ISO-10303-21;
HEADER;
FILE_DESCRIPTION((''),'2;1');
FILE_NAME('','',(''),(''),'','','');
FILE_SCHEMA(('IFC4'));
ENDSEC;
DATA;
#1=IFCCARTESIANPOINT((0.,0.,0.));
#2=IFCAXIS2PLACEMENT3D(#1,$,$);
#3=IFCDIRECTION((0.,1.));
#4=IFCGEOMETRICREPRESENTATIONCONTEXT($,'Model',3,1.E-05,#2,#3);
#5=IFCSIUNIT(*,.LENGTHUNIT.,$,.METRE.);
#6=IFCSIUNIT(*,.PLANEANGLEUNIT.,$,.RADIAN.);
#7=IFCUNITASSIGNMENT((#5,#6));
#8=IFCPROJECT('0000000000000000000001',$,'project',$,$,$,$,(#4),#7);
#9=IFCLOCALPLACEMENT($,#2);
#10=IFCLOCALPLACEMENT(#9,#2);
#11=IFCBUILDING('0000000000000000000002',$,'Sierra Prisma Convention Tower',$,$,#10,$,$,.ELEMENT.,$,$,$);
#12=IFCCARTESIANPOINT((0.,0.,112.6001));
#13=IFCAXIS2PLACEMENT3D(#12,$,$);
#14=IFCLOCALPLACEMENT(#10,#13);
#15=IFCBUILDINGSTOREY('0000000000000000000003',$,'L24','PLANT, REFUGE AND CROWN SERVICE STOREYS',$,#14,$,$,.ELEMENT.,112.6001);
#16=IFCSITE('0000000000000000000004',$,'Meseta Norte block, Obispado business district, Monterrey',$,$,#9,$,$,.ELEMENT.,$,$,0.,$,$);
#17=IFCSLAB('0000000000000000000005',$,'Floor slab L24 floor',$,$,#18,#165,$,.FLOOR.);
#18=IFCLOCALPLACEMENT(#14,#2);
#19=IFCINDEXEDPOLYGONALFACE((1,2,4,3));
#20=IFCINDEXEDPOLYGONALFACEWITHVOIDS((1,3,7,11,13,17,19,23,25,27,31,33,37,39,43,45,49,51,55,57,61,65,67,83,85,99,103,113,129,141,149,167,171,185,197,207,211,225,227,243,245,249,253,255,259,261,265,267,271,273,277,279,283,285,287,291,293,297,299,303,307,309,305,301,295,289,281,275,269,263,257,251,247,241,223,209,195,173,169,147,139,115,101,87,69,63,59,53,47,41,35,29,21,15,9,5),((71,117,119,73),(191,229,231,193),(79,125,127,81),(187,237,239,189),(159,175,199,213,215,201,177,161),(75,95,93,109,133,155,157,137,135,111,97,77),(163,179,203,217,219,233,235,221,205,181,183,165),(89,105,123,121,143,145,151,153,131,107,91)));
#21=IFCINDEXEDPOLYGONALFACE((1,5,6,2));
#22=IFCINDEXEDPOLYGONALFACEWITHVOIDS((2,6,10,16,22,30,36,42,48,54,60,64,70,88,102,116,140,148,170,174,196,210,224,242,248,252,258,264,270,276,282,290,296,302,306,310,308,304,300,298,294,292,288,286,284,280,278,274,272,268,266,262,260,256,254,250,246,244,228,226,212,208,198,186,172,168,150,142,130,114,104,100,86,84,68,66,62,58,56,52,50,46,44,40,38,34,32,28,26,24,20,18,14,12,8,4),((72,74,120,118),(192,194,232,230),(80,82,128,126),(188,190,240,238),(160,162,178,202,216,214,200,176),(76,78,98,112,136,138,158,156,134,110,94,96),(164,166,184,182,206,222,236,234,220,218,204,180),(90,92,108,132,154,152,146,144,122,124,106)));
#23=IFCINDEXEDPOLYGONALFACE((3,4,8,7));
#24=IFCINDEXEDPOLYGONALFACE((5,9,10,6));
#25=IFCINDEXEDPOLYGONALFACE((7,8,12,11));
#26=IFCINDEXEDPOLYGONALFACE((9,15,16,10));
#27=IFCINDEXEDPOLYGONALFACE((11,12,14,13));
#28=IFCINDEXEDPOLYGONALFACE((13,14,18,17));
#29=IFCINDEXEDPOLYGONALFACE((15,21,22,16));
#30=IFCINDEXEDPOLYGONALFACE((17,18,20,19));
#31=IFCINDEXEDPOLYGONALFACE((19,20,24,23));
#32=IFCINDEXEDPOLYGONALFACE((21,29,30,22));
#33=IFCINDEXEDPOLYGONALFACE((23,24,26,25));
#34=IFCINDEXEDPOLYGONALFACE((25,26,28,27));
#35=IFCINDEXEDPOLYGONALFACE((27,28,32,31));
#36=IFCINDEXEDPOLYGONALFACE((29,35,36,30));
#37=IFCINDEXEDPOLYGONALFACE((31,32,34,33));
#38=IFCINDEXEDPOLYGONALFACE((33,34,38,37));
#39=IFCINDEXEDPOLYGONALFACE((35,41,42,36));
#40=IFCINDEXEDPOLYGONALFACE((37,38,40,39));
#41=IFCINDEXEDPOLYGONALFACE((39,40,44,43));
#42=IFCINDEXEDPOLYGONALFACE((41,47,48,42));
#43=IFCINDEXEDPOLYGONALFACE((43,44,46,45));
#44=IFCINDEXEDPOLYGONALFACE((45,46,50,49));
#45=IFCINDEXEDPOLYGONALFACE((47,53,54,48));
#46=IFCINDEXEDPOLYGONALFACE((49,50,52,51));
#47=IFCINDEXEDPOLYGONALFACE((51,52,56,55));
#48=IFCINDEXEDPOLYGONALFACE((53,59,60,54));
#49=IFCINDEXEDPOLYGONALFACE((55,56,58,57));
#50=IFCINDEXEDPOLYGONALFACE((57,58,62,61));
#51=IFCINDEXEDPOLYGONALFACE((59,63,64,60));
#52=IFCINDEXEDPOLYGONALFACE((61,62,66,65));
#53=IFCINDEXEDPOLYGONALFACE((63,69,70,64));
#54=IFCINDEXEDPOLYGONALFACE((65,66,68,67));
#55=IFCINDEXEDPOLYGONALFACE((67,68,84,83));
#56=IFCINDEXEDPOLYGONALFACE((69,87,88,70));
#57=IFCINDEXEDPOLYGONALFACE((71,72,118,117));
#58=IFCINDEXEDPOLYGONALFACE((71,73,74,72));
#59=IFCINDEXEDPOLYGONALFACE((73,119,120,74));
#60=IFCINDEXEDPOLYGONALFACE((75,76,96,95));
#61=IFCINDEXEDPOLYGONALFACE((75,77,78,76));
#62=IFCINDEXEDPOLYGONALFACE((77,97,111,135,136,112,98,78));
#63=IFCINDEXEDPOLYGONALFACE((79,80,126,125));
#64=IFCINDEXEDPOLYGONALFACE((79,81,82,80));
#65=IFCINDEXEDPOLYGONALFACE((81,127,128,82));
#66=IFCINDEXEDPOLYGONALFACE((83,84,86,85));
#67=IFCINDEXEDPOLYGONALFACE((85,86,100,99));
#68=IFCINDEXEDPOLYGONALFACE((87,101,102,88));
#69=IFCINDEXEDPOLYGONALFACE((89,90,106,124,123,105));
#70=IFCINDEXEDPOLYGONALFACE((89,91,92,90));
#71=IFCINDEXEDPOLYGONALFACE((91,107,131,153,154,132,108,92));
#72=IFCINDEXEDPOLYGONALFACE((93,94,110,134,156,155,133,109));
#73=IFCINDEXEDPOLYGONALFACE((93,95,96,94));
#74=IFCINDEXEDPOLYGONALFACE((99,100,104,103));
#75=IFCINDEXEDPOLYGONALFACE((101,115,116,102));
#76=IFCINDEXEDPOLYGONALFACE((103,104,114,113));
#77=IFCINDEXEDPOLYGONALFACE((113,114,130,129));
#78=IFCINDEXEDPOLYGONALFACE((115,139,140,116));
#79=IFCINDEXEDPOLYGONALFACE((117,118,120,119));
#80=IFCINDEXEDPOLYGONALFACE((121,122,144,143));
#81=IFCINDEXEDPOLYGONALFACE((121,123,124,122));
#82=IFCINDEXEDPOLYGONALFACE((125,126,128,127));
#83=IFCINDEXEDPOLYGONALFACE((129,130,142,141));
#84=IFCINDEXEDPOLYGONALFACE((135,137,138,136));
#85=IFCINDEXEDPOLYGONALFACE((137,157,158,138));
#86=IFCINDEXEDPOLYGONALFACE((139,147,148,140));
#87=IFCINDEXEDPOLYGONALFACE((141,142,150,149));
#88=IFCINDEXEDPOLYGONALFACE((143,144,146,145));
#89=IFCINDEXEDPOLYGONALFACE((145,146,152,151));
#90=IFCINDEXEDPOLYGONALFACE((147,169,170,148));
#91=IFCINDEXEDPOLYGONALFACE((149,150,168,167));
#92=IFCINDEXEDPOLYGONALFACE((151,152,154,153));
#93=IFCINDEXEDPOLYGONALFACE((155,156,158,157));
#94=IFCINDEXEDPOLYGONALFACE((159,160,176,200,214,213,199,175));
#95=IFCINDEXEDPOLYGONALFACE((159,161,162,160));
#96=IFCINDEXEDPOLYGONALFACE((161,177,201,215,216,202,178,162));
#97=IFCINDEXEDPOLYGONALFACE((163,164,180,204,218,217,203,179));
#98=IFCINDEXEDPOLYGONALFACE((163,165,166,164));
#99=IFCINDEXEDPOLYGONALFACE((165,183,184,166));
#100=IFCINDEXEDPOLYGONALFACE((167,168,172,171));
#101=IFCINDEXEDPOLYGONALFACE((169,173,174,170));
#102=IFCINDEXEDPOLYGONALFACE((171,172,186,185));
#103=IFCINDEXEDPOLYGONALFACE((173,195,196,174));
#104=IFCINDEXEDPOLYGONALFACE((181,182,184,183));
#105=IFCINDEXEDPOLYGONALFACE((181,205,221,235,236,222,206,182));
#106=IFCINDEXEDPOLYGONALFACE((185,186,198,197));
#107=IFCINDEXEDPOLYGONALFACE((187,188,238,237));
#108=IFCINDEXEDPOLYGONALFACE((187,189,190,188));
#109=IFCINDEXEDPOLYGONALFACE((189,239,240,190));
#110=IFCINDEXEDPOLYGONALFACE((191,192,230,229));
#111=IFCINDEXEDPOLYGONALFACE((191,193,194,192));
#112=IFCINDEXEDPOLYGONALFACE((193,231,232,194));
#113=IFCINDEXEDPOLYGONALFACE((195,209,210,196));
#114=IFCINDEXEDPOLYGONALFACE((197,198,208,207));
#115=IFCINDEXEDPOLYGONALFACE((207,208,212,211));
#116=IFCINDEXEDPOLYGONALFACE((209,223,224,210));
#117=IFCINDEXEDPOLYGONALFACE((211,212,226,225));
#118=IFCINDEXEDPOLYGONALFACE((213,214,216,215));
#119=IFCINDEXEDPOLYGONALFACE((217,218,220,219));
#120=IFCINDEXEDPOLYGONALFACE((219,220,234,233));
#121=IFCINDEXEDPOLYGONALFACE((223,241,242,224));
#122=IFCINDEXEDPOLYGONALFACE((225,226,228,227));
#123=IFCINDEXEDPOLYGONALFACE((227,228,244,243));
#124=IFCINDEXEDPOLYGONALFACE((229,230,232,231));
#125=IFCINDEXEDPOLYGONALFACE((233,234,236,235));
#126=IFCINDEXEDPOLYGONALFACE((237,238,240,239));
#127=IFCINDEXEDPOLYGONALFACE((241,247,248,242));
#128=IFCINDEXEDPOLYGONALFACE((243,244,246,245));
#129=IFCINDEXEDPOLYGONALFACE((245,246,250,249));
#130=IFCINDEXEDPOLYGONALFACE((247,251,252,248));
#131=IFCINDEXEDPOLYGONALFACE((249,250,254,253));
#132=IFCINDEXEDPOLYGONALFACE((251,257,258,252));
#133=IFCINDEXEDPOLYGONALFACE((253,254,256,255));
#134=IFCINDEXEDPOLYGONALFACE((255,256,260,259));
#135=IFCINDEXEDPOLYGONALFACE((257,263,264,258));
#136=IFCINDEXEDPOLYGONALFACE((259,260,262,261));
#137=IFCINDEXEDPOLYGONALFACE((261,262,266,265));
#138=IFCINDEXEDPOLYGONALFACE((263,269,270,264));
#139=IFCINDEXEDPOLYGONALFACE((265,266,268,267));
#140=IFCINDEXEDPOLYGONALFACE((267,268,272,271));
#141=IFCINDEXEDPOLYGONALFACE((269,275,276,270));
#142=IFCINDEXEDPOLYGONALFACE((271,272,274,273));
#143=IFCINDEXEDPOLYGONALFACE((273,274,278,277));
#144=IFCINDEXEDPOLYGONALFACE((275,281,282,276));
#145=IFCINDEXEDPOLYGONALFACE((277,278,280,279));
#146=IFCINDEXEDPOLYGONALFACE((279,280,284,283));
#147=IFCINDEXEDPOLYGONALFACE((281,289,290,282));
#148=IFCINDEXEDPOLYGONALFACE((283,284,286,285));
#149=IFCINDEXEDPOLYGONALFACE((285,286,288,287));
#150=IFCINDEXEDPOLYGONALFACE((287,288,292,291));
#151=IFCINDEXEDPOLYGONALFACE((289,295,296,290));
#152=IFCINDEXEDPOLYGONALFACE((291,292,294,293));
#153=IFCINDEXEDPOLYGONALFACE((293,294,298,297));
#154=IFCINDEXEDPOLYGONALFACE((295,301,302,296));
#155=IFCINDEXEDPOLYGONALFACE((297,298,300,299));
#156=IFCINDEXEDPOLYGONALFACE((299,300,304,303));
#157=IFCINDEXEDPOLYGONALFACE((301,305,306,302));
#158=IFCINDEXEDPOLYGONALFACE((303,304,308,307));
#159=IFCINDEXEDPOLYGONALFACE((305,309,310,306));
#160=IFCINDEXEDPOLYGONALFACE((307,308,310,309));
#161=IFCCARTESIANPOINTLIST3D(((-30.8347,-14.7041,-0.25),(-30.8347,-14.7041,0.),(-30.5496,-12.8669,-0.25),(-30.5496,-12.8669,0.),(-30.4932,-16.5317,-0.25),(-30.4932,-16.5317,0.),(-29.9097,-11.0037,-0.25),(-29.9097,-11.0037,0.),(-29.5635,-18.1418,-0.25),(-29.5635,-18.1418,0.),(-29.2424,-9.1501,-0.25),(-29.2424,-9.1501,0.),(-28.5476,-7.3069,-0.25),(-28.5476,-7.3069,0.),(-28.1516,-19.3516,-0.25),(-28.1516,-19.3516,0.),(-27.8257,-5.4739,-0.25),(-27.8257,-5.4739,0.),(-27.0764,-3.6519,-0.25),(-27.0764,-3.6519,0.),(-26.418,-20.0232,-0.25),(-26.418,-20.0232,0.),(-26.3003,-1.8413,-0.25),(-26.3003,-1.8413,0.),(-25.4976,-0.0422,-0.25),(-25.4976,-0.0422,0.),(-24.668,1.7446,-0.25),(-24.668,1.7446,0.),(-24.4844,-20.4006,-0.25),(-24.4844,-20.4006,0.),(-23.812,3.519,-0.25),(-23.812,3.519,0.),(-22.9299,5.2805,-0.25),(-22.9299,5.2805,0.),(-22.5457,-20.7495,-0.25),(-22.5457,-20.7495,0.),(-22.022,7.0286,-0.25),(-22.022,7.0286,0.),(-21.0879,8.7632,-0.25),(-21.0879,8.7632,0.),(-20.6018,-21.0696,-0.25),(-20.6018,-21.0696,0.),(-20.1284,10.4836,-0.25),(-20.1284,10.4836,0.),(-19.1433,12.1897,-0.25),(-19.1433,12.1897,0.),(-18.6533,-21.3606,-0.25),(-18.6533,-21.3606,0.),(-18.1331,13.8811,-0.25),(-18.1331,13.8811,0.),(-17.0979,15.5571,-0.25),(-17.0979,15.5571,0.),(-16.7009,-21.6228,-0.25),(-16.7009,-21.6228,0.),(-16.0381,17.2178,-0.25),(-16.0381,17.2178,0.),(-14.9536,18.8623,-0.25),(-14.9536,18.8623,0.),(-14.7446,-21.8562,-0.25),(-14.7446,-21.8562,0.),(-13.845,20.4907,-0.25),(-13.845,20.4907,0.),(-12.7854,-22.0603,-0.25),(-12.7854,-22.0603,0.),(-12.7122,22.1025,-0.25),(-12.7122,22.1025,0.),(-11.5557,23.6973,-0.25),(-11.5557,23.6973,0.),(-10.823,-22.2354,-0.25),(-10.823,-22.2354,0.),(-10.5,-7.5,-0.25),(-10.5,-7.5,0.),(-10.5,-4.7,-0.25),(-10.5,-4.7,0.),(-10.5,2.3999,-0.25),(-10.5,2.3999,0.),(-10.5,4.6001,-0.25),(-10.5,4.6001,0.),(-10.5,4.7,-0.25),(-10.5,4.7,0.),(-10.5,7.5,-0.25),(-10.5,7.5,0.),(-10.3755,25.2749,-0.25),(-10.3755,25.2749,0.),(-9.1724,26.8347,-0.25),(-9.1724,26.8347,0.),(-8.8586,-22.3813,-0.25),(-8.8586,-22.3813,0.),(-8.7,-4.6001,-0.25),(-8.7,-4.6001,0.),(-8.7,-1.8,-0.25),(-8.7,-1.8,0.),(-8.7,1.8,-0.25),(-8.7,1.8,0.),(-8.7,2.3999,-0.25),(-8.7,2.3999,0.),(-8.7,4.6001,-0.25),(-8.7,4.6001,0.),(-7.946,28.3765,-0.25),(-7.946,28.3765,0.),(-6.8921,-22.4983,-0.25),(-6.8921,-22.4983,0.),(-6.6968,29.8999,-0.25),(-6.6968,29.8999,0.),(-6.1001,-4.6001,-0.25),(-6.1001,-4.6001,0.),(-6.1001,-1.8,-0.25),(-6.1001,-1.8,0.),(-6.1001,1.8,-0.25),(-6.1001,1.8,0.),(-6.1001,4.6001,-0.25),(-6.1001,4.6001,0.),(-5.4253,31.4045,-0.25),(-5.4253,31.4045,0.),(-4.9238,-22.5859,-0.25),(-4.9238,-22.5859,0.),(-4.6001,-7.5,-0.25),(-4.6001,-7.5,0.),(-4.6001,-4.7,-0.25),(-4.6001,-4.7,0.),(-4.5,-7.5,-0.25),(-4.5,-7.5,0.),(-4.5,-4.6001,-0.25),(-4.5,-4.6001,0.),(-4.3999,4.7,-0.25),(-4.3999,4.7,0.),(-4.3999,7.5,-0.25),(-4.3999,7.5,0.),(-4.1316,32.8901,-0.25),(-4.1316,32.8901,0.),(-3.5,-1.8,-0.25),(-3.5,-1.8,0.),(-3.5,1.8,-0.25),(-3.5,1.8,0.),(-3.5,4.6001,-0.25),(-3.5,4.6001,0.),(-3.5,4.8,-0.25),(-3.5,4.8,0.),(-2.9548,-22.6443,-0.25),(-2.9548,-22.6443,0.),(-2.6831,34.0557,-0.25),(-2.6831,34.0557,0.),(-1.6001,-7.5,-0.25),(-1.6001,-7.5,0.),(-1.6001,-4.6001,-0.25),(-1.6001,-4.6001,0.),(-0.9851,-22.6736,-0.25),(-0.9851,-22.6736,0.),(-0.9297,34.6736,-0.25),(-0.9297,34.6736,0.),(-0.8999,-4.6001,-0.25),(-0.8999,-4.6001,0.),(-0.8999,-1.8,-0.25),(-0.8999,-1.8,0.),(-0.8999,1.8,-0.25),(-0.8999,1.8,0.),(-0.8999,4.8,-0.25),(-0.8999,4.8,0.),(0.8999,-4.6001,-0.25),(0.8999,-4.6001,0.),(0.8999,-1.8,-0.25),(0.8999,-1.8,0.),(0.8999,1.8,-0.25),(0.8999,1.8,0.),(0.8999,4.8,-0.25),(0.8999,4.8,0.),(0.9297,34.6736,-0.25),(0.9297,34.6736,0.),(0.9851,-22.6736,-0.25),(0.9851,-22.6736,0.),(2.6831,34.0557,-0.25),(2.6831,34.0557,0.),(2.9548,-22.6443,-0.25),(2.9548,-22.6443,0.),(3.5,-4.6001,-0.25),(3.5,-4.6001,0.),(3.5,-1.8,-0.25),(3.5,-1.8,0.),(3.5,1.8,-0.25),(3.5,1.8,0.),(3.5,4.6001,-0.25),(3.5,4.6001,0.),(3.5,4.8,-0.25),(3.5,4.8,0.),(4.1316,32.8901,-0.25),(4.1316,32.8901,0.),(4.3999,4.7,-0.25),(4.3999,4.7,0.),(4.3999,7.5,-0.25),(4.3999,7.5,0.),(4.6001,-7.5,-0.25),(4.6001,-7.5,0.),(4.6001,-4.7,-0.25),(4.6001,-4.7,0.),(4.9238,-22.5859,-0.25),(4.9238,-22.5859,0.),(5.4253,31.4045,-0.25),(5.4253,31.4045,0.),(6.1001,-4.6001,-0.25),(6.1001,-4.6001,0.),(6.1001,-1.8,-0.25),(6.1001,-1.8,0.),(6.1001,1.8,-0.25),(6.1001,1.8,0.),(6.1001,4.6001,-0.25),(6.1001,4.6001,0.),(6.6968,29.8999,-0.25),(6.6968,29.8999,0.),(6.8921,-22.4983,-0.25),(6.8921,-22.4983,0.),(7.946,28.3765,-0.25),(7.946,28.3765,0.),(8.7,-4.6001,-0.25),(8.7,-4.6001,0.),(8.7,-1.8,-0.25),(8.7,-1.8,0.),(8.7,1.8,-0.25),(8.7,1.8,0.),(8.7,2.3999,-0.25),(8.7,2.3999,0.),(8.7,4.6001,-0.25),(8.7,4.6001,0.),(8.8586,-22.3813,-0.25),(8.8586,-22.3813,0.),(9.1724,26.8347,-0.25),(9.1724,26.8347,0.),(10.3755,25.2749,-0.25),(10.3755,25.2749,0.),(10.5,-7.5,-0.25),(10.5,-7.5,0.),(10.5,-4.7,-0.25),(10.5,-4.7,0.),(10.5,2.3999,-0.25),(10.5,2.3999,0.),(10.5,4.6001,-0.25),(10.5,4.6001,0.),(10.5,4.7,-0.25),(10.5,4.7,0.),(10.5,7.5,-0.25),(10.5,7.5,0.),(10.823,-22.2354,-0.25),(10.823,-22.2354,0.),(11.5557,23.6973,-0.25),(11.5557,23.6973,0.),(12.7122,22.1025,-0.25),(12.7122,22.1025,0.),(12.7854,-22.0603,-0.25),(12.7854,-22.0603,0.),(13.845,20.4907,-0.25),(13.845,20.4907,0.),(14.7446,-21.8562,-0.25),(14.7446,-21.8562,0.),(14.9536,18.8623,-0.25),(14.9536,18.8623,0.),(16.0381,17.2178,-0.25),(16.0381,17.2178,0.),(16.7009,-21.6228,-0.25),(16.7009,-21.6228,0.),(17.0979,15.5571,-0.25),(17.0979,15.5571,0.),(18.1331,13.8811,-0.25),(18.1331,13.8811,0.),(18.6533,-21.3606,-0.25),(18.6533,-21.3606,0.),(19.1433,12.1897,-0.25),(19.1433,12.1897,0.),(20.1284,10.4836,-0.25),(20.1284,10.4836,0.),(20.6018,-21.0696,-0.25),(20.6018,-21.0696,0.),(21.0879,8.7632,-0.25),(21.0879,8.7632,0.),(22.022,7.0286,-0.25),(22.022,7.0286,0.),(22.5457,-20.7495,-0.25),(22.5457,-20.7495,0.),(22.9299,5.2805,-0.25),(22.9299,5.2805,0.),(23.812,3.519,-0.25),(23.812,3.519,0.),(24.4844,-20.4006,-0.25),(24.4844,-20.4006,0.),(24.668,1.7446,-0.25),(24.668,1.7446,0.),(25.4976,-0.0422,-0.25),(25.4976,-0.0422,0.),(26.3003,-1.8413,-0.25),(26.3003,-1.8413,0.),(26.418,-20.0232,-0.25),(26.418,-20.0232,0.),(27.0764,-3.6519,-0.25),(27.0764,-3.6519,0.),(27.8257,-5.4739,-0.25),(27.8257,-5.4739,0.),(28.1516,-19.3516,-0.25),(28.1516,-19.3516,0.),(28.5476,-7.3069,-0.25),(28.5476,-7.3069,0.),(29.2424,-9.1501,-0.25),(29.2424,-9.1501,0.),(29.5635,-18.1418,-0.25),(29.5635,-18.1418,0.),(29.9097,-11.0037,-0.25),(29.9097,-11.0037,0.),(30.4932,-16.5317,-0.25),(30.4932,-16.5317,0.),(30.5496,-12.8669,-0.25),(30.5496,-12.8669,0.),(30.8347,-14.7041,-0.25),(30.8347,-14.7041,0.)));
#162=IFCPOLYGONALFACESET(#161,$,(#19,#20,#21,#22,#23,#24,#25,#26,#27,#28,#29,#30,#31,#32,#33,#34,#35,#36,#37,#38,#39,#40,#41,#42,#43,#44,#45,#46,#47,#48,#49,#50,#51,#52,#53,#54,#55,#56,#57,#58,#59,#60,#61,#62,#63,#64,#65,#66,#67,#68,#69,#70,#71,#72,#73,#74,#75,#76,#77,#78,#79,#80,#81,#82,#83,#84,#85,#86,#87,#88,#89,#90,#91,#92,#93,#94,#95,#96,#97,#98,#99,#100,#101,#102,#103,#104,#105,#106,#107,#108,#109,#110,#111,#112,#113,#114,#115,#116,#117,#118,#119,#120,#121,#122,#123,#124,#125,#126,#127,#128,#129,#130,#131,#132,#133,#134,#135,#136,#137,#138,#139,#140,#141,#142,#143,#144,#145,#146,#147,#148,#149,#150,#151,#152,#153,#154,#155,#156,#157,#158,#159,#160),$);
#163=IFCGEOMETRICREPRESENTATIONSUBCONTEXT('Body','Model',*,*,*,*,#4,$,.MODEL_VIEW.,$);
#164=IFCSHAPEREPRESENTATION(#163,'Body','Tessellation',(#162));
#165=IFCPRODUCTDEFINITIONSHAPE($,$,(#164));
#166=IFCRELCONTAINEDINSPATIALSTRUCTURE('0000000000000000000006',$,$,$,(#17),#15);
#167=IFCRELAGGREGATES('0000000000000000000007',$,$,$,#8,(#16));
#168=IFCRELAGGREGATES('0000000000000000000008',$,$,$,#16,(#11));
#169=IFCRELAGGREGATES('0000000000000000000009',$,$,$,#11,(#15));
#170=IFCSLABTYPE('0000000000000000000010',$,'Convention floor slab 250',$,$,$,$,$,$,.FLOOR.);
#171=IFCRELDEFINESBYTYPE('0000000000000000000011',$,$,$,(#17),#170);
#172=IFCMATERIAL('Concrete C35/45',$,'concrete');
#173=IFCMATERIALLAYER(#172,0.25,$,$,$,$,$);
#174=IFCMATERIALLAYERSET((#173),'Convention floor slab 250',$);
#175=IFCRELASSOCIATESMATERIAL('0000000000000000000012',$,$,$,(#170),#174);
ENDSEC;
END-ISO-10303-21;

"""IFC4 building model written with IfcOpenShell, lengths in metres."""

from ifc_helpers import new_model, si_unit, direction, frame, origin, place, context, subcontext, project, spatial, polyline, outline, extrude, material, layer, layer_set, type_object, element, save


model = new_model("IFC4")

# Units and contexts
model_context = context("Model", 3, precision=1e-05, world=origin(), true_north=direction((0.0, 1.0)))
body_context = subcontext(model_context, "Body", "Model", "MODEL_VIEW")
ifc_project = project(units=[si_unit("LENGTHUNIT", "METRE"), si_unit("PLANEANGLEUNIT", "RADIAN")], contexts=[model_context])

# Site, building, storey
site_placement = place(None, origin())
site = spatial("IfcSite", under=ifc_project, at=site_placement, Name="Meseta Norte block, Obispado business district, Monterrey", CompositionType="ELEMENT", RefElevation=0.0)
building_placement = place(site_placement, origin())
building = spatial("IfcBuilding", under=site, at=building_placement, Name="Sierra Prisma Convention Tower", CompositionType="ELEMENT")
storey_placement = place(building_placement, frame((0.0, 0.0, 112.6001)))
storey = spatial("IfcBuildingStorey", under=building, at=storey_placement, Name="L24", Description="PLANT, REFUGE AND CROWN SERVICE STOREYS", CompositionType="ELEMENT", Elevation=112.6001)

# Slab
ifc_material_1 = material(Name="Concrete C35/45", Category="concrete")
ifc_layer_1 = layer(ifc_material_1, 0.25)
ifc_layer_set_1 = layer_set([ifc_layer_1], Name="Convention floor slab 250")
slab_type = type_object("IfcSlabType", Name="Convention floor slab 250", PredefinedType="FLOOR", material=ifc_layer_set_1)
slab_placement = place(storey_placement, frame((0.0, 0.0, -0.25)))
element("IfcSlab", 1, at=slab_placement, inside=storey, type_object=slab_type, Name="Floor slab L24 floor", PredefinedType="FLOOR", context=body_context, shape_type="SweptSolid", body=[
    extrude(outline(polyline([(-26.418, -20.0232), (-24.4844, -20.4006), (-22.5457, -20.7495), (-20.6018, -21.0696), (-18.6533, -21.3606), (-16.7009, -21.6228), (-14.7446, -21.8562), (-12.7854, -22.0603), (-10.823, -22.2354), (-8.8586, -22.3813), (-6.8921, -22.4983), (-4.9238, -22.5859), (-2.9548, -22.6443), (-0.9851, -22.6736), (0.9851, -22.6736), (2.9548, -22.6443), (4.9238, -22.5859), (6.8921, -22.4983), (8.8586, -22.3813), (10.823, -22.2354), (12.7854, -22.0603), (14.7446, -21.8562), (16.7009, -21.6228), (18.6533, -21.3606), (20.6018, -21.0696), (22.5457, -20.7495), (24.4844, -20.4006), (26.418, -20.0232), (28.1516, -19.3516), (29.5635, -18.1418), (30.4932, -16.5317), (30.8347, -14.7041), (30.5496, -12.8669), (29.9097, -11.0037), (29.2424, -9.1501), (28.5476, -7.3069), (27.8257, -5.4739), (27.0764, -3.6519), (26.3003, -1.8413), (25.4976, -0.0422), (24.668, 1.7446), (23.812, 3.519), (22.9299, 5.2805), (22.022, 7.0286), (21.0879, 8.7632), (20.1284, 10.4836), (19.1433, 12.1897), (18.1331, 13.8811), (17.0979, 15.5571), (16.0381, 17.2178), (14.9536, 18.8623), (13.845, 20.4907), (12.7122, 22.1025), (11.5557, 23.6973), (10.3755, 25.2749), (9.1724, 26.8347), (7.946, 28.3765), (6.6968, 29.8999), (5.4253, 31.4045), (4.1316, 32.8901), (2.6831, 34.0557), (0.9297, 34.6736), (-0.9297, 34.6736), (-2.6831, 34.0557), (-4.1316, 32.8901), (-5.4253, 31.4045), (-6.6968, 29.8999), (-7.946, 28.3765), (-9.1724, 26.8347), (-10.3755, 25.2749), (-11.5557, 23.6973), (-12.7122, 22.1025), (-13.845, 20.4907), (-14.9536, 18.8623), (-16.0381, 17.2178), (-17.0979, 15.5571), (-18.1331, 13.8811), (-19.1433, 12.1897), (-20.1284, 10.4836), (-21.0879, 8.7632), (-22.022, 7.0286), (-22.9299, 5.2805), (-23.812, 3.519), (-24.668, 1.7446), (-25.4976, -0.0422), (-26.3003, -1.8413), (-27.0764, -3.6519), (-27.8257, -5.4739), (-28.5476, -7.3069), (-29.2424, -9.1501), (-29.9097, -11.0037), (-30.5496, -12.8669), (-30.8347, -14.7041), (-30.4932, -16.5317), (-29.5635, -18.1418), (-28.1516, -19.3516), (-26.418, -20.0232)]), holes=[polyline([(-4.6001, -7.5), (-10.5, -7.5), (-10.5, -4.7), (-4.6001, -4.7), (-4.6001, -7.5)]), polyline([(-8.7, -4.6001), (-8.7, -1.8), (-6.1001, -1.8), (-3.5, -1.8), (-0.8999, -1.8), (-0.8999, -4.6001), (-1.6001, -4.6001), (-1.6001, -7.5), (-4.5, -7.5), (-4.5, -4.6001), (-6.1001, -4.6001), (-8.7, -4.6001)]), polyline([(-10.5, 4.6001), (-8.7, 4.6001), (-6.1001, 4.6001), (-3.5, 4.6001), (-3.5, 4.8), (-0.8999, 4.8), (-0.8999, 1.8), (-3.5, 1.8), (-6.1001, 1.8), (-8.7, 1.8), (-8.7, 2.3999), (-10.5, 2.3999), (-10.5, 4.6001)]), polyline([(-4.3999, 4.7), (-10.5, 4.7), (-10.5, 7.5), (-4.3999, 7.5), (-4.3999, 4.7)]), polyline([(10.5, -7.5), (4.6001, -7.5), (4.6001, -4.7), (10.5, -4.7), (10.5, -7.5)]), polyline([(6.1001, -1.8), (8.7, -1.8), (8.7, -4.6001), (6.1001, -4.6001), (3.5, -4.6001), (0.8999, -4.6001), (0.8999, -1.8), (3.5, -1.8), (6.1001, -1.8)]), polyline([(10.5, 4.6001), (10.5, 2.3999), (8.7, 2.3999), (8.7, 1.8), (6.1001, 1.8), (3.5, 1.8), (0.8999, 1.8), (0.8999, 4.8), (3.5, 4.8), (3.5, 4.6001), (6.1001, 4.6001), (8.7, 4.6001), (10.5, 4.6001)]), polyline([(4.3999, 4.7), (4.3999, 7.5), (10.5, 7.5), (10.5, 4.7), (4.3999, 4.7)])]), origin(), (0.0, 0.0, 1.0), 0.25),
])

save(model, "model.ifc")
